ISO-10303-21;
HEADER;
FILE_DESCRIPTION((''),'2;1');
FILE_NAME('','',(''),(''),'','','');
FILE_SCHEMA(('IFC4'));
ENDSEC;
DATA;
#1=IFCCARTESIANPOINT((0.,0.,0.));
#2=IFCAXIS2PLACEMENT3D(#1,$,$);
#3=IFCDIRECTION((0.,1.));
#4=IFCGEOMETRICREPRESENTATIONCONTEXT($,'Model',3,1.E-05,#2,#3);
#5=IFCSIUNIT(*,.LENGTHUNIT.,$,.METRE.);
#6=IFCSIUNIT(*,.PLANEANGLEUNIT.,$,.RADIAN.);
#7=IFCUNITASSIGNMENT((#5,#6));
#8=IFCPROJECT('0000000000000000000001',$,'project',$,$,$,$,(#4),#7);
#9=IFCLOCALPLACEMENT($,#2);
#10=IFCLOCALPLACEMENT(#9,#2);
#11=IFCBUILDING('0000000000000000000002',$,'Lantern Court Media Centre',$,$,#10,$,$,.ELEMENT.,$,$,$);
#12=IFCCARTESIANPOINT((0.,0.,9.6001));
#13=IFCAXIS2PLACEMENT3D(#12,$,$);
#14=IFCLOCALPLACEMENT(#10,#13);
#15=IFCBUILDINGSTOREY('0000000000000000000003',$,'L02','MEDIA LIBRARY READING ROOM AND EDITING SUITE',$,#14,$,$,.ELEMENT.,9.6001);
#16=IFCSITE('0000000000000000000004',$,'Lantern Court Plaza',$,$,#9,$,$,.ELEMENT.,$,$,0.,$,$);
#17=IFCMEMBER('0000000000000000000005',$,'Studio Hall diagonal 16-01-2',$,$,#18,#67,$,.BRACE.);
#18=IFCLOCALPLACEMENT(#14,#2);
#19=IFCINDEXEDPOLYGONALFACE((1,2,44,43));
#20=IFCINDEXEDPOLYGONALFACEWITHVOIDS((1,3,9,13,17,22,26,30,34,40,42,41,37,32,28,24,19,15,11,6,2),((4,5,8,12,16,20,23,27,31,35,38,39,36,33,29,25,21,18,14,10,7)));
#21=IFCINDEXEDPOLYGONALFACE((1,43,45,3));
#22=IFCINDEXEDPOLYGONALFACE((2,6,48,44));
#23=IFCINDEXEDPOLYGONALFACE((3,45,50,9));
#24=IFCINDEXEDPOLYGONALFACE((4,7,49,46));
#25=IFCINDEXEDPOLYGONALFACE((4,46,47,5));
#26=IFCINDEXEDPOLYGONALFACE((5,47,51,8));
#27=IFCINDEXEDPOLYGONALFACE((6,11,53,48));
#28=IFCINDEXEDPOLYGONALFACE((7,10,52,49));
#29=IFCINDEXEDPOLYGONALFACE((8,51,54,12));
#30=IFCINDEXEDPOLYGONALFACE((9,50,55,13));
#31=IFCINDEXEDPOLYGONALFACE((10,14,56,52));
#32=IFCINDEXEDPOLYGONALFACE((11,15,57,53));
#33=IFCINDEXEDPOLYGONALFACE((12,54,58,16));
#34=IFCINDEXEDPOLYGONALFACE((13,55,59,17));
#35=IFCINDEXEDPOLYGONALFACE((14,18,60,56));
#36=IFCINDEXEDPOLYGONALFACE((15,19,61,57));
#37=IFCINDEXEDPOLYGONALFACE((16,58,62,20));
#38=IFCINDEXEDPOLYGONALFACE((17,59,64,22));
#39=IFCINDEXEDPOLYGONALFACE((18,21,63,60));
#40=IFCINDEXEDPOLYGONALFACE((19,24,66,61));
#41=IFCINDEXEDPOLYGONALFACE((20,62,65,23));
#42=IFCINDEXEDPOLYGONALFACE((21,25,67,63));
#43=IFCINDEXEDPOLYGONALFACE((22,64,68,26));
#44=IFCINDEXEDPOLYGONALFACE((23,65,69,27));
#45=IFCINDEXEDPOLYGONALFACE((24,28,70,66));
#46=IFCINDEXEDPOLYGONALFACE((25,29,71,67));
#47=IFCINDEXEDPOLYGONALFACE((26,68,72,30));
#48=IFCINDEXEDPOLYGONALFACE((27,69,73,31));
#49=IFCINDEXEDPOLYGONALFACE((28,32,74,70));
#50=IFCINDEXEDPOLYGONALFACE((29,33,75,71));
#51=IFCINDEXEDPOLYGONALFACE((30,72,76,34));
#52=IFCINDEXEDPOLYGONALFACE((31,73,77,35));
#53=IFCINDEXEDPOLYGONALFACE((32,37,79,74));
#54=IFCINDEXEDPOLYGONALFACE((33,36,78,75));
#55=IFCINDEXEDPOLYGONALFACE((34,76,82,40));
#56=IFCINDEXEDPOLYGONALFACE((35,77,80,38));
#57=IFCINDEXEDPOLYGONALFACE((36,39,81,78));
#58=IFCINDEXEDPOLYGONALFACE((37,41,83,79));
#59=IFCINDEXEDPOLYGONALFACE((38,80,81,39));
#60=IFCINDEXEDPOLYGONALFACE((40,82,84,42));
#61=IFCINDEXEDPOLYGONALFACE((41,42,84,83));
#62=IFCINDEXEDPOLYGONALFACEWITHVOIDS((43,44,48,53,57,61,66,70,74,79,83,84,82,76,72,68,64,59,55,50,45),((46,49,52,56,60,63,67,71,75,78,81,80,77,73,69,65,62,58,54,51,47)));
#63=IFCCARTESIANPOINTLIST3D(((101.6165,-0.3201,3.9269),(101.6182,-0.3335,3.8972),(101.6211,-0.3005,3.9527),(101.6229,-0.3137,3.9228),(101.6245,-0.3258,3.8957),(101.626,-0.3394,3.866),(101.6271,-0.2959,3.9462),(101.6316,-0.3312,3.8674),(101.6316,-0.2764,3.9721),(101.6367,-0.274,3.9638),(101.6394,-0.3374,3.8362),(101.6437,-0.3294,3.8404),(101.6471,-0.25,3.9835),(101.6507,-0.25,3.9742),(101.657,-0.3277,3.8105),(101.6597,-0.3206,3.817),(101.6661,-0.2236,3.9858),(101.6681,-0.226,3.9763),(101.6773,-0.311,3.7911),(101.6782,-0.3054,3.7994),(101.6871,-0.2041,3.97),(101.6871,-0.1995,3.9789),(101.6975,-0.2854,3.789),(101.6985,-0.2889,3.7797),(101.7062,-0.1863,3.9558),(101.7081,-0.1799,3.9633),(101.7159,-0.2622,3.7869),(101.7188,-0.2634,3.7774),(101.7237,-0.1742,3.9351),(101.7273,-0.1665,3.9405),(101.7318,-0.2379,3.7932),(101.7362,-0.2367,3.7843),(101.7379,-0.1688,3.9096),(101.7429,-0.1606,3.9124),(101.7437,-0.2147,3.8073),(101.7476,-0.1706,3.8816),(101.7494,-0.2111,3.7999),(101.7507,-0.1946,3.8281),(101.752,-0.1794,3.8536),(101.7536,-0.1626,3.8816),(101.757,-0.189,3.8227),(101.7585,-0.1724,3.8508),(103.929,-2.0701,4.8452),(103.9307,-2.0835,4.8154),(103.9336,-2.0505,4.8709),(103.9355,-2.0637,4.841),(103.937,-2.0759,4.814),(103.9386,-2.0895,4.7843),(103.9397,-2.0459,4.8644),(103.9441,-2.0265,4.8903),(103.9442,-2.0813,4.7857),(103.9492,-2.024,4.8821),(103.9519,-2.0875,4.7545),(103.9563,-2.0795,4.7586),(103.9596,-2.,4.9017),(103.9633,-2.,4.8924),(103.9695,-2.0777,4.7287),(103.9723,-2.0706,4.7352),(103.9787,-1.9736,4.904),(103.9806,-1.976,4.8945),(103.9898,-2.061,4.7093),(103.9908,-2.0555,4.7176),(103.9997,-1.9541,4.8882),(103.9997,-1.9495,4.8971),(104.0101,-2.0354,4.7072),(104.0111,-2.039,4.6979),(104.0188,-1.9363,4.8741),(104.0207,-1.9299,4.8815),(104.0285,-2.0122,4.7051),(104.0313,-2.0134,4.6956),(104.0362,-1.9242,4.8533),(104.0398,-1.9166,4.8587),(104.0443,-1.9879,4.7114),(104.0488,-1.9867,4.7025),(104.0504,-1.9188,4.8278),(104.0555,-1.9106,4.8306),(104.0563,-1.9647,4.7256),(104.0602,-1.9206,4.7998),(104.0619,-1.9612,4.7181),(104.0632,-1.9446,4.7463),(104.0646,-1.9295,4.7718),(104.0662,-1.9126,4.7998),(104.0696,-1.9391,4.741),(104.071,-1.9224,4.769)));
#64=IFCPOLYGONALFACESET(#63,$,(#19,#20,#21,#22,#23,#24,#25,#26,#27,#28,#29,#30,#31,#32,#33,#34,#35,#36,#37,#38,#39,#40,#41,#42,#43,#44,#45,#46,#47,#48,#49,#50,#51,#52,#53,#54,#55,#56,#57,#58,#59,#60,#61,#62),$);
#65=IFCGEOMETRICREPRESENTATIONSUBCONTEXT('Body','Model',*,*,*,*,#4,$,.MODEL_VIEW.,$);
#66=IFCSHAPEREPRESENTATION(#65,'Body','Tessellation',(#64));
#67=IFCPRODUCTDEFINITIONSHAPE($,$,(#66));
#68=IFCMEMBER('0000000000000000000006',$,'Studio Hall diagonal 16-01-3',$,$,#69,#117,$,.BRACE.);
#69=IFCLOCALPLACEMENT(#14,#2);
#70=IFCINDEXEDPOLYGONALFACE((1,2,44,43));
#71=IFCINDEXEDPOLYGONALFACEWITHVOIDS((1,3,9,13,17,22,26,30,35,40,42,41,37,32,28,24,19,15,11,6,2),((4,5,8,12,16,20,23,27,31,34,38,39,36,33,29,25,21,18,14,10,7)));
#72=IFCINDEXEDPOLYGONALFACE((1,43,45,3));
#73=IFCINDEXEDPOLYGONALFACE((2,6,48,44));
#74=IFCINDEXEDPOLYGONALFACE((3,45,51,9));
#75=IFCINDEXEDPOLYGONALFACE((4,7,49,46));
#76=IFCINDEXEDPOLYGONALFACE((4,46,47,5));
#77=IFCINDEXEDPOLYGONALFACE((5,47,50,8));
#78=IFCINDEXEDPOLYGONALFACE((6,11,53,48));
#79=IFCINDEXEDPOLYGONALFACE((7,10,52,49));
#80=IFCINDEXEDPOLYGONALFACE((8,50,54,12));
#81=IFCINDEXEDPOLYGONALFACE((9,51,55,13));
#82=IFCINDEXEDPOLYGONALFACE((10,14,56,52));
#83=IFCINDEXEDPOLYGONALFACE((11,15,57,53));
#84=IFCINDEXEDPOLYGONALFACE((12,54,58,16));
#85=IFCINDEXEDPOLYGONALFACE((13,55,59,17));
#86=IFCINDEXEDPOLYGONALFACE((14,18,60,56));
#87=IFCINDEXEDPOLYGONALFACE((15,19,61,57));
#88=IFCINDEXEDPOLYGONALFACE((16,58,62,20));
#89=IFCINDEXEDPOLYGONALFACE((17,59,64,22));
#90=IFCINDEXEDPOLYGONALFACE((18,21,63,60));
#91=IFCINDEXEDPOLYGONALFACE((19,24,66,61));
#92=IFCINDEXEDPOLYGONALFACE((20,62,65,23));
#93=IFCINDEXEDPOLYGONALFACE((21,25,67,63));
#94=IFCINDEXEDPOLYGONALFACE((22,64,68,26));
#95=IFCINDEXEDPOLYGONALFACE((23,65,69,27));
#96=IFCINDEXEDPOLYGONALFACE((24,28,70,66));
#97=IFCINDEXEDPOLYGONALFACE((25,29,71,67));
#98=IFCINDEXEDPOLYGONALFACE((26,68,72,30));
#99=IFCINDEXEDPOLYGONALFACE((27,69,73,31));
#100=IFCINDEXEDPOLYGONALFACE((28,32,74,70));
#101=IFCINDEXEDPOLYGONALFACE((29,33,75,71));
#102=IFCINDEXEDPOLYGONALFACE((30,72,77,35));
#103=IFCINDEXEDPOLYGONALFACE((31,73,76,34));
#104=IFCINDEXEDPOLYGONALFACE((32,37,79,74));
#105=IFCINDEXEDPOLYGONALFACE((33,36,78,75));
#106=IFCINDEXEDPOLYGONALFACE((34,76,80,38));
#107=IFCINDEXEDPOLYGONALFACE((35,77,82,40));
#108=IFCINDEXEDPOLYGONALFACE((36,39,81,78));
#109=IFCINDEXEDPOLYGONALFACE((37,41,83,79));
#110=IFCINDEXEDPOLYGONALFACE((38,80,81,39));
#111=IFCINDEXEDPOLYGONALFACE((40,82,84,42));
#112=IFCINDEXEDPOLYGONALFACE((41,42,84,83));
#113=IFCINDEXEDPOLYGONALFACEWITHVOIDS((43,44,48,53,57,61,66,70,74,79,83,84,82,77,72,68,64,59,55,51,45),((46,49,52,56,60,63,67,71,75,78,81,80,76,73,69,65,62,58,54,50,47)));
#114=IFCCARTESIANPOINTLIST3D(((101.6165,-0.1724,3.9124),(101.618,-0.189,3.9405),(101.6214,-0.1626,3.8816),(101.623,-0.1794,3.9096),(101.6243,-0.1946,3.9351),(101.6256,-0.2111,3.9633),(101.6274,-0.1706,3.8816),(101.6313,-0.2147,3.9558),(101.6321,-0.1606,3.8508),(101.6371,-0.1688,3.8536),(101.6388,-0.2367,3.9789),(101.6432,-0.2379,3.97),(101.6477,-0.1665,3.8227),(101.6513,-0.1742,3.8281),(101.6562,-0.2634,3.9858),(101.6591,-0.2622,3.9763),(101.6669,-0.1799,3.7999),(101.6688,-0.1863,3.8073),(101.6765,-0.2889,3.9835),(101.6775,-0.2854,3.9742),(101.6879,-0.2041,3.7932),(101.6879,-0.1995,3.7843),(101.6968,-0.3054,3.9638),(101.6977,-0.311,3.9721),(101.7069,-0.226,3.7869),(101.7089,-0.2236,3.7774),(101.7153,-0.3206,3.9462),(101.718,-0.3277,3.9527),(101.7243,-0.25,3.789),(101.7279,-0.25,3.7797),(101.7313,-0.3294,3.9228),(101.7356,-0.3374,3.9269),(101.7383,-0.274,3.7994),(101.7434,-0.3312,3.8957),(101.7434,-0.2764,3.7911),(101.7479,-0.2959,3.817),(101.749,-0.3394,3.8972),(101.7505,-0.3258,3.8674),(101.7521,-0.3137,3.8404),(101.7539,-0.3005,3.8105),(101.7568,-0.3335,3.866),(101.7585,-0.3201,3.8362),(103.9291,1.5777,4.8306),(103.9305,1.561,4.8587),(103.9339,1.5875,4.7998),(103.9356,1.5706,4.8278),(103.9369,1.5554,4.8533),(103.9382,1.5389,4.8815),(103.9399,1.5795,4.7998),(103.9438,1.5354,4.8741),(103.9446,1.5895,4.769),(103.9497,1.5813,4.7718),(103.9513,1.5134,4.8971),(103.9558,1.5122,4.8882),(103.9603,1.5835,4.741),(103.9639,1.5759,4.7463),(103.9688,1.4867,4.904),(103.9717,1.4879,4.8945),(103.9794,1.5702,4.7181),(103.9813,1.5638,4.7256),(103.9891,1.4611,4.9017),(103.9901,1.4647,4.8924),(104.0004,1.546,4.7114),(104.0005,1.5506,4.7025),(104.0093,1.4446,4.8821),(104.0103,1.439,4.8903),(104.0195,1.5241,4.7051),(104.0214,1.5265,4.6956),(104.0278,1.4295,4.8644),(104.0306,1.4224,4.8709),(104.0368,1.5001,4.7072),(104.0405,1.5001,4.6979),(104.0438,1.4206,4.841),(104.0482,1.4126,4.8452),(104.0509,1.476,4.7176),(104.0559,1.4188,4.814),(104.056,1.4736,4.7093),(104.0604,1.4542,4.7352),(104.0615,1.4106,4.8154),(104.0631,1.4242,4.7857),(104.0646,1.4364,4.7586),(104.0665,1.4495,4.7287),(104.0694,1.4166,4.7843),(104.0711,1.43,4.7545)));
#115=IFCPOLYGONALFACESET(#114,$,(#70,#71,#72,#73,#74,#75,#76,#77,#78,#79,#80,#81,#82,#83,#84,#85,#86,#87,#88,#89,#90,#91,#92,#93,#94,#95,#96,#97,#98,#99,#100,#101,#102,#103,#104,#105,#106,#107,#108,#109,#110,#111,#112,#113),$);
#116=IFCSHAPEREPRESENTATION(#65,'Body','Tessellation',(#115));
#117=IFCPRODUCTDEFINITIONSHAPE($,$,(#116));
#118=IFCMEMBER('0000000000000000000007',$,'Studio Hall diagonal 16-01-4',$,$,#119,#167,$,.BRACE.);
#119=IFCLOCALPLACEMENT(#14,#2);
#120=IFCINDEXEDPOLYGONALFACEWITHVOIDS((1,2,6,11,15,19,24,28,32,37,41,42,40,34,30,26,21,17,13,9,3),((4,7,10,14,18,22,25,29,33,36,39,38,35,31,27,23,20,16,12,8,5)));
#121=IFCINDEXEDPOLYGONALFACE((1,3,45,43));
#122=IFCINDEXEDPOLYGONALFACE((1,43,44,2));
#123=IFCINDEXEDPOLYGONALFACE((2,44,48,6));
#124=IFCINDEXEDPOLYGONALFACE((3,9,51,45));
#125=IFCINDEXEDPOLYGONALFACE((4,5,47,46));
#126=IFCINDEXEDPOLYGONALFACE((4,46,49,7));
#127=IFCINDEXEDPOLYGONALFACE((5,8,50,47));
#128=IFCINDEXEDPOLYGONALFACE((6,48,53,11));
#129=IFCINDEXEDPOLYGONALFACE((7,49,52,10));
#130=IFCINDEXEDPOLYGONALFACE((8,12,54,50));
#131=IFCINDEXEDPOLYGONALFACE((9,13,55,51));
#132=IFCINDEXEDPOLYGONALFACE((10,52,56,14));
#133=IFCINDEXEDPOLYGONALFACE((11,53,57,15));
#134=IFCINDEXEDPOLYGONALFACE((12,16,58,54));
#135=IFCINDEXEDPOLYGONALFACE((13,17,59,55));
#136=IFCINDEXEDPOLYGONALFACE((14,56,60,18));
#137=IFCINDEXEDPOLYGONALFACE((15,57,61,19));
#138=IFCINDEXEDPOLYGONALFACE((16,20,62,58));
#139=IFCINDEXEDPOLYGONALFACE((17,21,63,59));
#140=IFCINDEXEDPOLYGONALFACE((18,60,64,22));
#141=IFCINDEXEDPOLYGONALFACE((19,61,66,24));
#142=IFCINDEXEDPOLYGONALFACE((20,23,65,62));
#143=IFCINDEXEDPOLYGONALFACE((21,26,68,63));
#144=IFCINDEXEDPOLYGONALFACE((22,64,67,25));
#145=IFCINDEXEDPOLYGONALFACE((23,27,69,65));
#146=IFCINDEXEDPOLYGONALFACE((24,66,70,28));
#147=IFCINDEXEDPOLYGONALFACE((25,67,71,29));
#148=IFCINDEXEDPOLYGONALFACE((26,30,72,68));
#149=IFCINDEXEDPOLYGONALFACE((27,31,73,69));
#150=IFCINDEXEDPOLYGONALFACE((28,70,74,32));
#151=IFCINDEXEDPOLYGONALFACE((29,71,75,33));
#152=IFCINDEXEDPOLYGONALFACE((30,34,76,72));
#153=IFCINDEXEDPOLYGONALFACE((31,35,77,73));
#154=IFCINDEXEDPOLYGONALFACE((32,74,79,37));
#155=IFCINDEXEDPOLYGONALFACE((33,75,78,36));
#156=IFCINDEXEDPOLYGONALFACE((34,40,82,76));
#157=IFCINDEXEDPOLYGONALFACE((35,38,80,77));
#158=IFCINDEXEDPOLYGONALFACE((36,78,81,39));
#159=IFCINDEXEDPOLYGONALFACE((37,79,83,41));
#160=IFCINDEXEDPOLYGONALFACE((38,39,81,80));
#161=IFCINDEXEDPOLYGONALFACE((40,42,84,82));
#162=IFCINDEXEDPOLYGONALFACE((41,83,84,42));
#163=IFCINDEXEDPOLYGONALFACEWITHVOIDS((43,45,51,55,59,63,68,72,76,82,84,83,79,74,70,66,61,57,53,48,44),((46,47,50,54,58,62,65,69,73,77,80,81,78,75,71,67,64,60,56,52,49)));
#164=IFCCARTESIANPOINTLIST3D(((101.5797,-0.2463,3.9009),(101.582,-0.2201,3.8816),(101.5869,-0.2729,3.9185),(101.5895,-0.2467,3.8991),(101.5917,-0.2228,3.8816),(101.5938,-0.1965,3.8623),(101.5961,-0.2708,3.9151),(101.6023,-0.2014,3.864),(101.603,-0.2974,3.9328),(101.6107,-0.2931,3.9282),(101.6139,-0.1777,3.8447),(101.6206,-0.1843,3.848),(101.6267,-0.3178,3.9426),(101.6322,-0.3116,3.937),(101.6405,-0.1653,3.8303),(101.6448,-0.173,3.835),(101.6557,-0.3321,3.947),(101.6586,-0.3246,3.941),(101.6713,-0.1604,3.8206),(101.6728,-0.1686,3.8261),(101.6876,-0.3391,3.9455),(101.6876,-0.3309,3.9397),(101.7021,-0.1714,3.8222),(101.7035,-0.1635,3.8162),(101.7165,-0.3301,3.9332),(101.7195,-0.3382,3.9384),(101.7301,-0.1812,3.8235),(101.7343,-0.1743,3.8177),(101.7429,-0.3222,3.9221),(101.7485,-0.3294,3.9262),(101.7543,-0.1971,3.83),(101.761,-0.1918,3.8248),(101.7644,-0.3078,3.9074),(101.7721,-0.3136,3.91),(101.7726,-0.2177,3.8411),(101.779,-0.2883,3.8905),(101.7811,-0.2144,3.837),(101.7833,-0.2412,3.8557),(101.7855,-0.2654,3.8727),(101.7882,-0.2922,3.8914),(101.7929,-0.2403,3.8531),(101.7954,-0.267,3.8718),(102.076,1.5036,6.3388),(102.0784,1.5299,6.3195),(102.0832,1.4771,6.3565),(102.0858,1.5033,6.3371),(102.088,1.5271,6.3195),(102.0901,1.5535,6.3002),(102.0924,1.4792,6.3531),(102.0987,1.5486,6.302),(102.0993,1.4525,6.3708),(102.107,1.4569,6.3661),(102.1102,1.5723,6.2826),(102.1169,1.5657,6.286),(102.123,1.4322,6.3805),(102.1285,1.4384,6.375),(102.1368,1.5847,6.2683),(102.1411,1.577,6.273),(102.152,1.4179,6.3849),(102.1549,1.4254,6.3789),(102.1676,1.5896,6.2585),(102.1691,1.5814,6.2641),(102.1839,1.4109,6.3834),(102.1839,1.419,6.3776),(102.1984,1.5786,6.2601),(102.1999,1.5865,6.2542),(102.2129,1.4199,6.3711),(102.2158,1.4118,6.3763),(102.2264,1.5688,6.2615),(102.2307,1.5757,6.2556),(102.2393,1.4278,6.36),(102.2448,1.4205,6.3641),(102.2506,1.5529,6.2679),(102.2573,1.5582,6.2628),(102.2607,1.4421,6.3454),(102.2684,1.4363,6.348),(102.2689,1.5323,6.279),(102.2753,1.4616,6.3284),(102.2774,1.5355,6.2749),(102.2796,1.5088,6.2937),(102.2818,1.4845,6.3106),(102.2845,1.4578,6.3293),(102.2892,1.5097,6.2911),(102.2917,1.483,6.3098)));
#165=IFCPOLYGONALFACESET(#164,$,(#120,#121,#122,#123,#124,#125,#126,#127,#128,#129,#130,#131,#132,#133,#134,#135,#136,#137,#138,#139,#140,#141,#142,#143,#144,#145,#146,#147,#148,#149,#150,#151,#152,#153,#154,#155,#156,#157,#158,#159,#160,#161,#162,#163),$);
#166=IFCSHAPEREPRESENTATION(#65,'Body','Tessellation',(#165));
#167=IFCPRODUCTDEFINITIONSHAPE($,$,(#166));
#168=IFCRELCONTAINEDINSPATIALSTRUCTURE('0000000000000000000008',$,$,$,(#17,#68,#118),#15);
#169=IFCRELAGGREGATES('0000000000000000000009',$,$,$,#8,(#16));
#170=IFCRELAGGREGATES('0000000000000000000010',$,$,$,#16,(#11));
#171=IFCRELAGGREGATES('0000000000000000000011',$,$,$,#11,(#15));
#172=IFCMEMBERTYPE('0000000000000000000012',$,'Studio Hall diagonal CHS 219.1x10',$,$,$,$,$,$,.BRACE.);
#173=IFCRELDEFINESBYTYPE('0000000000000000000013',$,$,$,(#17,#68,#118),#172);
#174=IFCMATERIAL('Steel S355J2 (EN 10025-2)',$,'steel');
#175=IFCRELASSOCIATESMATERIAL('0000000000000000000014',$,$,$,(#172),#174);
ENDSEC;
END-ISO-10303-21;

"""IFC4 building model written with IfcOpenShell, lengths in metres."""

from ifc_helpers import new_model, si_unit, direction, frame, origin, origin_2d, place, context, subcontext, project, spatial, hollow_circle, extrude, material, material_profile, profile_set, type_object, element, save


model = new_model("IFC4")

# Units and contexts
model_context = context("Model", 3, precision=1e-05, world=origin(), true_north=direction((0.0, 1.0)))
body_context = subcontext(model_context, "Body", "Model", "MODEL_VIEW")
ifc_project = project(units=[si_unit("LENGTHUNIT", "METRE"), si_unit("PLANEANGLEUNIT", "RADIAN")], contexts=[model_context])

# Site, building, storey
site_placement = place(None, origin())
site = spatial("IfcSite", under=ifc_project, at=site_placement, Name="Lantern Court Plaza", CompositionType="ELEMENT", RefElevation=0.0)
building_placement = place(site_placement, origin())
building = spatial("IfcBuilding", under=site, at=building_placement, Name="Lantern Court Media Centre", CompositionType="ELEMENT")
storey_placement = place(building_placement, frame((0.0, 0.0, 9.6001)))
storey = spatial("IfcBuildingStorey", under=building, at=storey_placement, Name="L02", Description="MEDIA LIBRARY READING ROOM AND EDITING SUITE", CompositionType="ELEMENT", Elevation=9.6001)

# Shared definitions
ifc_material_1 = material(Name="Steel S355J2 (EN 10025-2)", Category="steel")

# Members
ifc_material_profile_1 = material_profile(ifc_material_1, hollow_circle(Radius=0.1096, WallThickness=0.01, at=origin_2d()), Name="Studio Hall diagonal CHS 219.1x10")
ifc_profile_set_1 = profile_set([ifc_material_profile_1], Name="Steel S355J2 (EN 10025-2)")
member_type_1 = type_object("IfcMemberType", Name="Studio Hall diagonal CHS 219.1x10", PredefinedType="BRACE", material=ifc_profile_set_1)
for number, where, z_axis, x_axis, name in (
    (1, (101.6875, -0.25, 3.8816), (0.760211, -0.575295, 0.301853), (0.603443, 0.797406, 0.0), "Studio Hall diagonal 16-01-2"),
    (2, (101.6875, -0.25, 3.8816), (0.760211, 0.575295, 0.301853), (-0.603443, 0.797406, 0.0), "Studio Hall diagonal 16-01-3"),
):
    element("IfcMember", number, at=place(storey_placement, frame(where, z_axis=z_axis, x_axis=x_axis)), inside=storey, type_object=member_type_1, Name=name, PredefinedType="BRACE", context=body_context, shape_type="SweptSolid", body=[
        extrude(hollow_circle(Radius=0.1096, WallThickness=0.01, at=origin_2d()), origin(), (0.0, 0.0, 1.0), 3.042),
    ])
for number, where, z_axis, x_axis, name in (
    (3, (101.6875, -0.25, 3.8816), (0.163172, 0.575314, 0.801491), (-0.962054, 0.272859, 0.0), "Studio Hall diagonal 16-01-4"),
):
    element("IfcMember", number, at=place(storey_placement, frame(where, z_axis=z_axis, x_axis=x_axis)), inside=storey, type_object=member_type_1, Name=name, PredefinedType="BRACE", context=body_context, shape_type="SweptSolid", body=[
        extrude(hollow_circle(Radius=0.1096, WallThickness=0.01, at=origin_2d()), origin(), (0.0, 0.0, 1.0), 3.0417),
    ])

save(model, "model.ifc")
